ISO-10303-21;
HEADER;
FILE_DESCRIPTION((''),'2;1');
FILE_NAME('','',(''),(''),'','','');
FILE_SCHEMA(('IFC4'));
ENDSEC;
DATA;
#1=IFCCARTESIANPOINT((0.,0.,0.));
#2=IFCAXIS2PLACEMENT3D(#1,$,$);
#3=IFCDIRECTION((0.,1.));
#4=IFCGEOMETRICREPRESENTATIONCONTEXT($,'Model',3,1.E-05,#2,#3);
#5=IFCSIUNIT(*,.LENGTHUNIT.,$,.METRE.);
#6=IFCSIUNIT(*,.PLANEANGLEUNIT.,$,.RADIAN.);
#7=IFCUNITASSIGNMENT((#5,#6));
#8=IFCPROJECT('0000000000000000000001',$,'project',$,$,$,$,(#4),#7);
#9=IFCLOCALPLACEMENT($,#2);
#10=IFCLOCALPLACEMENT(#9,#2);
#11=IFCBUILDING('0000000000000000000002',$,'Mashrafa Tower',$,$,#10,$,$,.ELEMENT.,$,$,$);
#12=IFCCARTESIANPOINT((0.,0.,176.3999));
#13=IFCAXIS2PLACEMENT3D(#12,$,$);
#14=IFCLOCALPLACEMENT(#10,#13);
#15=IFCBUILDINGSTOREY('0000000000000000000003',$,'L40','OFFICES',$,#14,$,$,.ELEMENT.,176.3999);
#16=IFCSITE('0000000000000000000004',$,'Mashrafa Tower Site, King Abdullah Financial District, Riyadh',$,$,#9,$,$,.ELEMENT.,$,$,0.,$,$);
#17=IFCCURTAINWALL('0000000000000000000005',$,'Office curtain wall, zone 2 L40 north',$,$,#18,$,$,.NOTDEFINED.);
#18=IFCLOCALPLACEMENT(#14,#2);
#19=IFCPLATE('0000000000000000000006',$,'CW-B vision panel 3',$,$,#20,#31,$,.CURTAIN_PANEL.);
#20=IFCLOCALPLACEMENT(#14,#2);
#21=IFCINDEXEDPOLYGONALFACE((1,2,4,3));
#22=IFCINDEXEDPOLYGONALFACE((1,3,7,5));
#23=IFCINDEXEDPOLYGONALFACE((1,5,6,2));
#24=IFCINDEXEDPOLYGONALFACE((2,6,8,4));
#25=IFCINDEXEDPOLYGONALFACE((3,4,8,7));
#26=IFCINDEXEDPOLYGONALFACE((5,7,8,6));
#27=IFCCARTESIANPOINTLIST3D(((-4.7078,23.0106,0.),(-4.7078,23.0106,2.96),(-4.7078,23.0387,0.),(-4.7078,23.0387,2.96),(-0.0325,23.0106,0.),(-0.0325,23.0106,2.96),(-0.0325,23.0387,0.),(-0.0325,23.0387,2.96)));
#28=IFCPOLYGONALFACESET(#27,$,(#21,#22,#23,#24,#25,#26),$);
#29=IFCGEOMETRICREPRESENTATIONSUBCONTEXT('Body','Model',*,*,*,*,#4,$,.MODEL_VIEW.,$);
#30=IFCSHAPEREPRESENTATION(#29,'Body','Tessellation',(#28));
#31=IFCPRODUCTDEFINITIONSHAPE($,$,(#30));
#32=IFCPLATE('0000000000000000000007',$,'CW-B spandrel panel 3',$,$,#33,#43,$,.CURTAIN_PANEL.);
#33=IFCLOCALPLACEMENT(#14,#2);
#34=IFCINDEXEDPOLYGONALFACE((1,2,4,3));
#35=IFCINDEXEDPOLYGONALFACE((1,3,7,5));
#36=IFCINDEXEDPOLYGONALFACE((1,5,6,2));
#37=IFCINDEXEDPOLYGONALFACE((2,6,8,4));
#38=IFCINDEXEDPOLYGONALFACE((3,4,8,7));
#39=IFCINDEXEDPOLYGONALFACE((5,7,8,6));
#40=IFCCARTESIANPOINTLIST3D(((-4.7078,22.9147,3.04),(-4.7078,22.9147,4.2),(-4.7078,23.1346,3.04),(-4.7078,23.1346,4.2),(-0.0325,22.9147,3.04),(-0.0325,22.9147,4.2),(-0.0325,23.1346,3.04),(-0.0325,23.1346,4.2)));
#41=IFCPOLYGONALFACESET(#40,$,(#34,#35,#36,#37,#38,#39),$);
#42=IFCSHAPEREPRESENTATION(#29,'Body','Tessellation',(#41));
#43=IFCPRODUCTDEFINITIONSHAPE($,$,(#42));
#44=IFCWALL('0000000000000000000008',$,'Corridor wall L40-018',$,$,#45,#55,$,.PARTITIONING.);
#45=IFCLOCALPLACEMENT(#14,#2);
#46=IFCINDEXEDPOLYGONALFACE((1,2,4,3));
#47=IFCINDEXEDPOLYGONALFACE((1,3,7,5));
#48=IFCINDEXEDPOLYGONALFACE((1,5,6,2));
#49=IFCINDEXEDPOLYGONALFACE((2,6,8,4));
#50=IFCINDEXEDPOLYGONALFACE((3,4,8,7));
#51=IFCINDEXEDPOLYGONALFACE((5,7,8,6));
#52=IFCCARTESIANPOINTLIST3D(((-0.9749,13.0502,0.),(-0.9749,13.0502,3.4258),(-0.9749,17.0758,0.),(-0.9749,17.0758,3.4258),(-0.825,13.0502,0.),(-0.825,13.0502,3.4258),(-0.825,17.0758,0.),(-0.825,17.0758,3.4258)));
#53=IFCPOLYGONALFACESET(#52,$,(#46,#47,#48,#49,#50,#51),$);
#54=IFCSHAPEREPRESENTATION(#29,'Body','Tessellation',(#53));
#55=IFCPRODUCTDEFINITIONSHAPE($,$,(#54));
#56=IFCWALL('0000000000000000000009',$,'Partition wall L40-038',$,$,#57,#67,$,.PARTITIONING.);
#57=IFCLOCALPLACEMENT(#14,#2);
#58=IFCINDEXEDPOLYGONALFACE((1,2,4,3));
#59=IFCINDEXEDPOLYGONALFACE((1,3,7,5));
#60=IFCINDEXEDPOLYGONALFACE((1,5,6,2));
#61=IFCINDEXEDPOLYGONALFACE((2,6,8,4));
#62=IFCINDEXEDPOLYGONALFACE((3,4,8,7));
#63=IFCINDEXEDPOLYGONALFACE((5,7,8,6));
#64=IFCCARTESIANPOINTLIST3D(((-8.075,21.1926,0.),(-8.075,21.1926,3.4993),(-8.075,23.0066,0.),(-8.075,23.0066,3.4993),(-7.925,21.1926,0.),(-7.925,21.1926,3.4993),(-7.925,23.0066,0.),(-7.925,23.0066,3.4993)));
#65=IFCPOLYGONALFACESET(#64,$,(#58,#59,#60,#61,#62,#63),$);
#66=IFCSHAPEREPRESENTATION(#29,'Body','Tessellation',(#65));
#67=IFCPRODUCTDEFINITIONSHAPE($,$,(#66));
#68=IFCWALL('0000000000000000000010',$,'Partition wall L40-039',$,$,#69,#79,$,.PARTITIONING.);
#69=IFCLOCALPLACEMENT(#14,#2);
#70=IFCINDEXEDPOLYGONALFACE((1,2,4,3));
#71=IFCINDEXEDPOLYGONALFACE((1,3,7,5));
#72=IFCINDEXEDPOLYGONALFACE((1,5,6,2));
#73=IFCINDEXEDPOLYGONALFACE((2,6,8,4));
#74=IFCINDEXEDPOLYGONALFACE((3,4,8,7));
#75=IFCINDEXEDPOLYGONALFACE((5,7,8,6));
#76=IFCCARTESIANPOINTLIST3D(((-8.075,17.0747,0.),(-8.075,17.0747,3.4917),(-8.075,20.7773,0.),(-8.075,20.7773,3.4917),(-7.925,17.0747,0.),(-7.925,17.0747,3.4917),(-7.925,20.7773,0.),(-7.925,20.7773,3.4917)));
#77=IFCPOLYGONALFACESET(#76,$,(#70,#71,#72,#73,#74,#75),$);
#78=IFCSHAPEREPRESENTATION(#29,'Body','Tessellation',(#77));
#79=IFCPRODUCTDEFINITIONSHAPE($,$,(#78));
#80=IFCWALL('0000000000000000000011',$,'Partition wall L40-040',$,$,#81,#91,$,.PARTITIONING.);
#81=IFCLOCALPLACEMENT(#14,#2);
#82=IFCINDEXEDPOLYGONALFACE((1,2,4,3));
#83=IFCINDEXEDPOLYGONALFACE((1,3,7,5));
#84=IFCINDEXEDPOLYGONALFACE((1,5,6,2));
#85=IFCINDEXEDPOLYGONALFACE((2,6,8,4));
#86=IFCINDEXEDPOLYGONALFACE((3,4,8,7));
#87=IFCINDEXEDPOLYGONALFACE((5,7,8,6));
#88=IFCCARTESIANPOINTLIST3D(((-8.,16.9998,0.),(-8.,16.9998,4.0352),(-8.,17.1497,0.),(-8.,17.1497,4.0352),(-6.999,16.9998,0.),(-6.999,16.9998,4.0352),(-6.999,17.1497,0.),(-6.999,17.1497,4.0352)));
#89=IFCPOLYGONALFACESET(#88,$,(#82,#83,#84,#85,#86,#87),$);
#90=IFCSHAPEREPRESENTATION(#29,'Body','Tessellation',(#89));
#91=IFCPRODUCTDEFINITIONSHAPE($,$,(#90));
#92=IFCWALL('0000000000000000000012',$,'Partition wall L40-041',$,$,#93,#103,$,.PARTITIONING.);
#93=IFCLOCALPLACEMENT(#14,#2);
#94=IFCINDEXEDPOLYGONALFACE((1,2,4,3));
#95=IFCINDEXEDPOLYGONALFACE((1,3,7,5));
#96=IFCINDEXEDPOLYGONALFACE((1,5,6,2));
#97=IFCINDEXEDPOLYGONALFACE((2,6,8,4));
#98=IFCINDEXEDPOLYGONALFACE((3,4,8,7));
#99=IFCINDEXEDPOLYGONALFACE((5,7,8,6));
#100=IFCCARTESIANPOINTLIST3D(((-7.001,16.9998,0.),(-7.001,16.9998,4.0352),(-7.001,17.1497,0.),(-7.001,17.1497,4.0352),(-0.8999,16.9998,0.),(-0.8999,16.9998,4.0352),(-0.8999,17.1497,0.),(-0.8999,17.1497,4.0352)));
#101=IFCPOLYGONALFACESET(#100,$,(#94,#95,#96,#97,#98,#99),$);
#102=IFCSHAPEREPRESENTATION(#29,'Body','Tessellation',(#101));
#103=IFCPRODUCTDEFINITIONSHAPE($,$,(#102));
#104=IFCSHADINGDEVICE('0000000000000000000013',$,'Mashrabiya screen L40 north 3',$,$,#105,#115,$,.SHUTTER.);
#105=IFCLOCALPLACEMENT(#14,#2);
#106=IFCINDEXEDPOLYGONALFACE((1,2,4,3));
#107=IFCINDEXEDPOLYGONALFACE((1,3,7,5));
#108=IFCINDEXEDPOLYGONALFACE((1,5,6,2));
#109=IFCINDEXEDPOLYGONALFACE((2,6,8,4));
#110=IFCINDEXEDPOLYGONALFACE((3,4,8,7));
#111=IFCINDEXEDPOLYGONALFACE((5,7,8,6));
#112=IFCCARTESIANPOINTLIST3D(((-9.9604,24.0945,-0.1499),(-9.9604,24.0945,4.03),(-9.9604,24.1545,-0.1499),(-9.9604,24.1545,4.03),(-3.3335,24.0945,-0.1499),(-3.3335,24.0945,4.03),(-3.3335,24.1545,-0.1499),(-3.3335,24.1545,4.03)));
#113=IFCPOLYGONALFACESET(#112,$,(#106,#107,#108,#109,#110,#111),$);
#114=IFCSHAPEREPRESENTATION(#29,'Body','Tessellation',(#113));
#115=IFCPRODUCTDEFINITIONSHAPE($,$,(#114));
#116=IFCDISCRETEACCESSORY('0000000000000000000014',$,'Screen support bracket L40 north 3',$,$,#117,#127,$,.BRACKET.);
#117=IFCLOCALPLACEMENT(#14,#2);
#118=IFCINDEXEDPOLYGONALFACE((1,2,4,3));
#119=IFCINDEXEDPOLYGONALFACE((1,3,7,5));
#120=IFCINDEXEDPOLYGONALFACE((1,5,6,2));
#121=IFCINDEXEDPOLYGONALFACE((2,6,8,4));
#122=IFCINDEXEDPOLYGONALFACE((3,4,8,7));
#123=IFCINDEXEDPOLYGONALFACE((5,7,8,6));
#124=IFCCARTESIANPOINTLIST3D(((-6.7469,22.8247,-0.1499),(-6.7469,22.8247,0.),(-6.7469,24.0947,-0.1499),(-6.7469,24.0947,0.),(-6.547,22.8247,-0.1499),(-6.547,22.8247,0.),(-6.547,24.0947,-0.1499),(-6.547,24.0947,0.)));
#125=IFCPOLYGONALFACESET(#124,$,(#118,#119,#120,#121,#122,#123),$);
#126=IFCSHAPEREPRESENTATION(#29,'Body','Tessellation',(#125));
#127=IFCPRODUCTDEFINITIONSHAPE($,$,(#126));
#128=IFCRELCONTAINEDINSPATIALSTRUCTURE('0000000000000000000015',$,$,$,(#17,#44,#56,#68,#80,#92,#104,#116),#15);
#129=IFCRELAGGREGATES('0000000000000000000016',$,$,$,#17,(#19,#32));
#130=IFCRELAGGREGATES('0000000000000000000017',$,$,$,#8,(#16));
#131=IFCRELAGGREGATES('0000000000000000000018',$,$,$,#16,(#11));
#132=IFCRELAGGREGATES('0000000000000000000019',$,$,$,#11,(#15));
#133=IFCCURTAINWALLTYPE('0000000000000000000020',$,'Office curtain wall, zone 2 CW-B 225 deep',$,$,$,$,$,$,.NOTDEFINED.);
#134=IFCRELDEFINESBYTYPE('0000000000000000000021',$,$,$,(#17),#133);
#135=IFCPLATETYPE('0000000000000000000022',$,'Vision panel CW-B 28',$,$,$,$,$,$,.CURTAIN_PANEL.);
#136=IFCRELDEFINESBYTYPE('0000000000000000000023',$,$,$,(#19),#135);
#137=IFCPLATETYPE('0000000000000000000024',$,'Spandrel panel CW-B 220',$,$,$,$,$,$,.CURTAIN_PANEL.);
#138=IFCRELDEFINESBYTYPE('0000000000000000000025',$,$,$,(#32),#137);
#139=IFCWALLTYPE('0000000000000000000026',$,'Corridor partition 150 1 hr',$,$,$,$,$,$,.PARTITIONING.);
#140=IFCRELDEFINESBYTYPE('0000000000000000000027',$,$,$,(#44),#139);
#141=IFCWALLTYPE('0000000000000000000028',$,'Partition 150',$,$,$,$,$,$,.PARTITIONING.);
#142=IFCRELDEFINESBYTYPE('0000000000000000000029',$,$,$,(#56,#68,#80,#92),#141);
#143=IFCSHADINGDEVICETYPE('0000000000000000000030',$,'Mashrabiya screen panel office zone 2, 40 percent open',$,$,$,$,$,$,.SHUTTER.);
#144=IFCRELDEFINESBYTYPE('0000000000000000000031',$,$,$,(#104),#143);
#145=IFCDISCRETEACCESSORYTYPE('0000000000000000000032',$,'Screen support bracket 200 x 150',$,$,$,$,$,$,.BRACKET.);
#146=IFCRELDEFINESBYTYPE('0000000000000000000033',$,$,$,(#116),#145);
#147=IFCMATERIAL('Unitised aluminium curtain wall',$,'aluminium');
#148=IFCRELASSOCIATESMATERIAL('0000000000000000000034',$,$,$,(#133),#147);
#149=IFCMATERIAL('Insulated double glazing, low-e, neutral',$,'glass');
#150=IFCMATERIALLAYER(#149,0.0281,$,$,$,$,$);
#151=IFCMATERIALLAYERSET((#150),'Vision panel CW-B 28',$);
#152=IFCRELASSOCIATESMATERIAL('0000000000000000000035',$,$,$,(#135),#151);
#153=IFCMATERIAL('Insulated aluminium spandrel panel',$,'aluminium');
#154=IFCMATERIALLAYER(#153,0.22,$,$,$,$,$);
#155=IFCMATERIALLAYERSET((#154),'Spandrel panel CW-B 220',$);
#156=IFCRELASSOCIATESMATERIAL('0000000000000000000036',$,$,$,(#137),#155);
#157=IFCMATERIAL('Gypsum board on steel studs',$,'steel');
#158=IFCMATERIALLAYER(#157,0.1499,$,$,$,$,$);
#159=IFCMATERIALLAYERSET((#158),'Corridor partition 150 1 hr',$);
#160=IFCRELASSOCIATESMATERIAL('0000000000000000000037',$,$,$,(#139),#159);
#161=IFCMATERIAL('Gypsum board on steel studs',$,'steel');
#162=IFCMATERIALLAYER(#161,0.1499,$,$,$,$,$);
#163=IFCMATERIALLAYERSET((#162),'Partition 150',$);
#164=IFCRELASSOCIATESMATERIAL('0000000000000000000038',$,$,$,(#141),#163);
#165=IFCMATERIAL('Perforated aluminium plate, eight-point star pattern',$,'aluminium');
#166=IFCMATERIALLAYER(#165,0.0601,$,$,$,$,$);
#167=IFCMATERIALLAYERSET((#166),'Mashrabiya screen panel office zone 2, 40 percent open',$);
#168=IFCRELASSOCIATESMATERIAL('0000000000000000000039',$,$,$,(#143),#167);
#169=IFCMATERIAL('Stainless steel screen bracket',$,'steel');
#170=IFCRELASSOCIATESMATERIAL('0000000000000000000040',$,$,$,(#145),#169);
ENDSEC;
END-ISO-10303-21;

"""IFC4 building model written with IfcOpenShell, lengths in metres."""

from ifc_helpers import new_model, si_unit, direction, frame, frame_2d, origin, origin_2d, place, context, subcontext, project, spatial, rectangle, extrude, source, transform, mapped, material, layer, layer_set, type_object, type_shapes, element, aggregate, save


model = new_model("IFC4")

# Units and contexts
model_context = context("Model", 3, precision=1e-05, world=origin(), true_north=direction((0.0, 1.0)))
body_context = subcontext(model_context, "Body", "Model", "MODEL_VIEW")
ifc_project = project(units=[si_unit("LENGTHUNIT", "METRE"), si_unit("PLANEANGLEUNIT", "RADIAN")], contexts=[model_context])

# Site, building, storey
site_placement = place(None, origin())
site = spatial("IfcSite", under=ifc_project, at=site_placement, Name="Mashrafa Tower Site, King Abdullah Financial District, Riyadh", CompositionType="ELEMENT", RefElevation=0.0)
building_placement = place(site_placement, origin())
building = spatial("IfcBuilding", under=site, at=building_placement, Name="Mashrafa Tower", CompositionType="ELEMENT")
storey_placement = place(building_placement, frame((0.0, 0.0, 176.3999)))
storey = spatial("IfcBuildingStorey", under=building, at=storey_placement, Name="L40", Description="OFFICES", CompositionType="ELEMENT", Elevation=176.3999)

# Curtain wall
ifc_material_1 = material(Name="Unitised aluminium curtain wall", Category="aluminium")
curtain_wall_type = type_object("IfcCurtainWallType", Name="Office curtain wall, zone 2 CW-B 225 deep", PredefinedType="NOTDEFINED", material=ifc_material_1)
curtain_wall_1_placement = place(storey_placement, origin())
curtain_wall_1 = element("IfcCurtainWall", 1, at=curtain_wall_1_placement, inside=storey, type_object=curtain_wall_type, Name="Office curtain wall, zone 2 L40 north", PredefinedType="NOTDEFINED")

# Plates
ifc_material_2 = material(Name="Insulated double glazing, low-e, neutral", Category="glass")
ifc_layer_1 = layer(ifc_material_2, 0.0281)
ifc_layer_set_1 = layer_set([ifc_layer_1], Name="Vision panel CW-B 28")
plate_type_1 = type_object("IfcPlateType", Name="Vision panel CW-B 28", PredefinedType="CURTAIN_PANEL", material=ifc_layer_set_1)
ifc_material_3 = material(Name="Insulated aluminium spandrel panel", Category="aluminium")
ifc_layer_2 = layer(ifc_material_3, 0.22)
ifc_layer_set_2 = layer_set([ifc_layer_2], Name="Spandrel panel CW-B 220")
plate_type_2 = type_object("IfcPlateType", Name="Spandrel panel CW-B 220", PredefinedType="CURTAIN_PANEL", material=ifc_layer_set_2)
shared_shape_1 = source(origin(), body_context, "Body", "SweptSolid", [
    extrude(rectangle(XDim=4.6753, YDim=0.0281, at=origin_2d()), origin(), (0.0, 0.0, 1.0), 2.96),
])
plate_1_placement = place(storey_placement, frame((-2.3701, 23.0247, 0.0), z_axis=(0.0, 0.0, 1.0), x_axis=(-1.0, 0.0, 0.0)))
plate_1 = element("IfcPlate", 2, at=plate_1_placement, type_object=plate_type_1, Name="CW-B vision panel 3", PredefinedType="CURTAIN_PANEL", context=body_context, shape_type="MappedRepresentation", body=[
    mapped(shared_shape_1, transform((0.0, 0.0, 0.0))),
])
shared_shape_2 = source(origin(), body_context, "Body", "SweptSolid", [
    extrude(rectangle(XDim=4.6753, YDim=0.22, at=origin_2d()), origin(), (0.0, 0.0, 1.0), 1.1599),
])
plate_2_placement = place(storey_placement, frame((-2.3701, 23.0247, 3.04), z_axis=(0.0, 0.0, 1.0), x_axis=(-1.0, 0.0, 0.0)))
plate_2 = element("IfcPlate", 3, at=plate_2_placement, type_object=plate_type_2, Name="CW-B spandrel panel 3", PredefinedType="CURTAIN_PANEL", context=body_context, shape_type="MappedRepresentation", body=[
    mapped(shared_shape_2, transform((0.0, 0.0, 0.0))),
])
aggregate(curtain_wall_1, [plate_1, plate_2])

# Shared definitions
ifc_material_4 = material(Name="Gypsum board on steel studs", Category="steel")
ifc_layer_3 = layer(ifc_material_4, 0.1499)
ifc_layer_set_3 = layer_set([ifc_layer_3], Name="Corridor partition 150 1 hr")
wall_type_1 = type_object("IfcWallType", Name="Corridor partition 150 1 hr", PredefinedType="PARTITIONING", material=ifc_layer_set_3)

# Wall
wall_1_placement = place(storey_placement, frame((-0.8999, 17.0757, 0.0), z_axis=(0.0, 0.0, 1.0), x_axis=(0.0, -1.0, 0.0)))
element("IfcWall", 4, at=wall_1_placement, inside=storey, type_object=wall_type_1, Name="Corridor wall L40-018", PredefinedType="PARTITIONING", context=body_context, shape_type="SweptSolid", body=[
    extrude(rectangle(XDim=4.0256, YDim=0.1499, at=frame_2d((2.0127, 0.0))), origin(), (0.0, 0.0, 1.0), 3.4258),
])

# Walls
ifc_material_5 = material(Name="Gypsum board on steel studs", Category="steel")
ifc_layer_4 = layer(ifc_material_5, 0.1499)
ifc_layer_set_4 = layer_set([ifc_layer_4], Name="Partition 150")
wall_type_2 = type_object("IfcWallType", Name="Partition 150", PredefinedType="PARTITIONING", material=ifc_layer_set_4)
wall_2_placement = place(storey_placement, frame((-8.0, 23.0066, 0.0), z_axis=(0.0, 0.0, 1.0), x_axis=(0.0, -1.0, 0.0)))
element("IfcWall", 5, at=wall_2_placement, inside=storey, type_object=wall_type_2, Name="Partition wall L40-038", PredefinedType="PARTITIONING", context=body_context, shape_type="SweptSolid", body=[
    extrude(rectangle(XDim=1.814, YDim=0.1499, at=frame_2d((0.907, 0.0))), origin(), (0.0, 0.0, 1.0), 3.4993),
])
wall_3_placement = place(storey_placement, frame((-8.0, 20.7773, 0.0), z_axis=(0.0, 0.0, 1.0), x_axis=(0.0, -1.0, 0.0)))
element("IfcWall", 6, at=wall_3_placement, inside=storey, type_object=wall_type_2, Name="Partition wall L40-039", PredefinedType="PARTITIONING", context=body_context, shape_type="SweptSolid", body=[
    extrude(rectangle(XDim=3.7026, YDim=0.1499, at=frame_2d((1.8513, 0.0))), origin(), (0.0, 0.0, 1.0), 3.4917),
])
wall_4_placement = place(storey_placement, frame((-8.0, 17.0747, 0.0), z_axis=(0.0, 0.0, 1.0), x_axis=(1.0, 0.0, 0.0)))
element("IfcWall", 7, at=wall_4_placement, inside=storey, type_object=wall_type_2, Name="Partition wall L40-040", PredefinedType="PARTITIONING", context=body_context, shape_type="SweptSolid", body=[
    extrude(rectangle(XDim=1.001, YDim=0.1499, at=frame_2d((0.5005, 0.0))), origin(), (0.0, 0.0, 1.0), 4.0352),
])
wall_5_placement = place(storey_placement, frame((-7.001, 17.0747, 0.0), z_axis=(0.0, 0.0, 1.0), x_axis=(1.0, 0.0, 0.0)))
element("IfcWall", 8, at=wall_5_placement, inside=storey, type_object=wall_type_2, Name="Partition wall L40-041", PredefinedType="PARTITIONING", context=body_context, shape_type="SweptSolid", body=[
    extrude(rectangle(XDim=6.1011, YDim=0.1499, at=frame_2d((3.0505, 0.0))), origin(), (0.0, 0.0, 1.0), 4.0352),
])

# Shading device
ifc_material_6 = material(Name="Perforated aluminium plate, eight-point star pattern", Category="aluminium")
ifc_layer_5 = layer(ifc_material_6, 0.0601)
ifc_layer_set_5 = layer_set([ifc_layer_5], Name="Mashrabiya screen panel office zone 2, 40 percent open")
shading_device_type = type_object("IfcShadingDeviceType", Name="Mashrabiya screen panel office zone 2, 40 percent open", PredefinedType="SHUTTER", material=ifc_layer_set_5)
shared_shape_3 = source(origin(), body_context, "Body", "SweptSolid", [
    extrude(rectangle(XDim=6.627, YDim=0.0601, at=origin_2d()), origin(), (0.0, 0.0, 1.0), 4.1799),
])
type_shapes(shading_device_type, [shared_shape_3])
shading_device_placement = place(storey_placement, frame((-6.647, 24.1245, -0.1499), z_axis=(0.0, 0.0, 1.0), x_axis=(-1.0, 0.0, 0.0)))
element("IfcShadingDevice", 9, at=shading_device_placement, inside=storey, type_object=shading_device_type, Name="Mashrabiya screen L40 north 3", PredefinedType="SHUTTER", context=body_context, shape_type="MappedRepresentation", body=[
    mapped(shared_shape_3, transform((0.0, 0.0, 0.0))),
])

# Discrete accessory
ifc_material_7 = material(Name="Stainless steel screen bracket", Category="steel")
discrete_accessory_type = type_object("IfcDiscreteAccessoryType", Name="Screen support bracket 200 x 150", PredefinedType="BRACKET", material=ifc_material_7)
shared_shape_4 = source(origin(), body_context, "Body", "SweptSolid", [
    extrude(rectangle(XDim=0.2, YDim=1.27, at=origin_2d()), origin(), (0.0, 0.0, 1.0), 0.1499),
])
type_shapes(discrete_accessory_type, [shared_shape_4])
discrete_accessory_placement = place(storey_placement, frame((-6.647, 23.4597, -0.1499), z_axis=(0.0, 0.0, 1.0), x_axis=(-1.0, 0.0, 0.0)))
element("IfcDiscreteAccessory", 10, at=discrete_accessory_placement, inside=storey, type_object=discrete_accessory_type, Name="Screen support bracket L40 north 3", PredefinedType="BRACKET", context=body_context, shape_type="MappedRepresentation", body=[
    mapped(shared_shape_4, transform((0.0, 0.0, 0.0))),
])

save(model, "model.ifc")
